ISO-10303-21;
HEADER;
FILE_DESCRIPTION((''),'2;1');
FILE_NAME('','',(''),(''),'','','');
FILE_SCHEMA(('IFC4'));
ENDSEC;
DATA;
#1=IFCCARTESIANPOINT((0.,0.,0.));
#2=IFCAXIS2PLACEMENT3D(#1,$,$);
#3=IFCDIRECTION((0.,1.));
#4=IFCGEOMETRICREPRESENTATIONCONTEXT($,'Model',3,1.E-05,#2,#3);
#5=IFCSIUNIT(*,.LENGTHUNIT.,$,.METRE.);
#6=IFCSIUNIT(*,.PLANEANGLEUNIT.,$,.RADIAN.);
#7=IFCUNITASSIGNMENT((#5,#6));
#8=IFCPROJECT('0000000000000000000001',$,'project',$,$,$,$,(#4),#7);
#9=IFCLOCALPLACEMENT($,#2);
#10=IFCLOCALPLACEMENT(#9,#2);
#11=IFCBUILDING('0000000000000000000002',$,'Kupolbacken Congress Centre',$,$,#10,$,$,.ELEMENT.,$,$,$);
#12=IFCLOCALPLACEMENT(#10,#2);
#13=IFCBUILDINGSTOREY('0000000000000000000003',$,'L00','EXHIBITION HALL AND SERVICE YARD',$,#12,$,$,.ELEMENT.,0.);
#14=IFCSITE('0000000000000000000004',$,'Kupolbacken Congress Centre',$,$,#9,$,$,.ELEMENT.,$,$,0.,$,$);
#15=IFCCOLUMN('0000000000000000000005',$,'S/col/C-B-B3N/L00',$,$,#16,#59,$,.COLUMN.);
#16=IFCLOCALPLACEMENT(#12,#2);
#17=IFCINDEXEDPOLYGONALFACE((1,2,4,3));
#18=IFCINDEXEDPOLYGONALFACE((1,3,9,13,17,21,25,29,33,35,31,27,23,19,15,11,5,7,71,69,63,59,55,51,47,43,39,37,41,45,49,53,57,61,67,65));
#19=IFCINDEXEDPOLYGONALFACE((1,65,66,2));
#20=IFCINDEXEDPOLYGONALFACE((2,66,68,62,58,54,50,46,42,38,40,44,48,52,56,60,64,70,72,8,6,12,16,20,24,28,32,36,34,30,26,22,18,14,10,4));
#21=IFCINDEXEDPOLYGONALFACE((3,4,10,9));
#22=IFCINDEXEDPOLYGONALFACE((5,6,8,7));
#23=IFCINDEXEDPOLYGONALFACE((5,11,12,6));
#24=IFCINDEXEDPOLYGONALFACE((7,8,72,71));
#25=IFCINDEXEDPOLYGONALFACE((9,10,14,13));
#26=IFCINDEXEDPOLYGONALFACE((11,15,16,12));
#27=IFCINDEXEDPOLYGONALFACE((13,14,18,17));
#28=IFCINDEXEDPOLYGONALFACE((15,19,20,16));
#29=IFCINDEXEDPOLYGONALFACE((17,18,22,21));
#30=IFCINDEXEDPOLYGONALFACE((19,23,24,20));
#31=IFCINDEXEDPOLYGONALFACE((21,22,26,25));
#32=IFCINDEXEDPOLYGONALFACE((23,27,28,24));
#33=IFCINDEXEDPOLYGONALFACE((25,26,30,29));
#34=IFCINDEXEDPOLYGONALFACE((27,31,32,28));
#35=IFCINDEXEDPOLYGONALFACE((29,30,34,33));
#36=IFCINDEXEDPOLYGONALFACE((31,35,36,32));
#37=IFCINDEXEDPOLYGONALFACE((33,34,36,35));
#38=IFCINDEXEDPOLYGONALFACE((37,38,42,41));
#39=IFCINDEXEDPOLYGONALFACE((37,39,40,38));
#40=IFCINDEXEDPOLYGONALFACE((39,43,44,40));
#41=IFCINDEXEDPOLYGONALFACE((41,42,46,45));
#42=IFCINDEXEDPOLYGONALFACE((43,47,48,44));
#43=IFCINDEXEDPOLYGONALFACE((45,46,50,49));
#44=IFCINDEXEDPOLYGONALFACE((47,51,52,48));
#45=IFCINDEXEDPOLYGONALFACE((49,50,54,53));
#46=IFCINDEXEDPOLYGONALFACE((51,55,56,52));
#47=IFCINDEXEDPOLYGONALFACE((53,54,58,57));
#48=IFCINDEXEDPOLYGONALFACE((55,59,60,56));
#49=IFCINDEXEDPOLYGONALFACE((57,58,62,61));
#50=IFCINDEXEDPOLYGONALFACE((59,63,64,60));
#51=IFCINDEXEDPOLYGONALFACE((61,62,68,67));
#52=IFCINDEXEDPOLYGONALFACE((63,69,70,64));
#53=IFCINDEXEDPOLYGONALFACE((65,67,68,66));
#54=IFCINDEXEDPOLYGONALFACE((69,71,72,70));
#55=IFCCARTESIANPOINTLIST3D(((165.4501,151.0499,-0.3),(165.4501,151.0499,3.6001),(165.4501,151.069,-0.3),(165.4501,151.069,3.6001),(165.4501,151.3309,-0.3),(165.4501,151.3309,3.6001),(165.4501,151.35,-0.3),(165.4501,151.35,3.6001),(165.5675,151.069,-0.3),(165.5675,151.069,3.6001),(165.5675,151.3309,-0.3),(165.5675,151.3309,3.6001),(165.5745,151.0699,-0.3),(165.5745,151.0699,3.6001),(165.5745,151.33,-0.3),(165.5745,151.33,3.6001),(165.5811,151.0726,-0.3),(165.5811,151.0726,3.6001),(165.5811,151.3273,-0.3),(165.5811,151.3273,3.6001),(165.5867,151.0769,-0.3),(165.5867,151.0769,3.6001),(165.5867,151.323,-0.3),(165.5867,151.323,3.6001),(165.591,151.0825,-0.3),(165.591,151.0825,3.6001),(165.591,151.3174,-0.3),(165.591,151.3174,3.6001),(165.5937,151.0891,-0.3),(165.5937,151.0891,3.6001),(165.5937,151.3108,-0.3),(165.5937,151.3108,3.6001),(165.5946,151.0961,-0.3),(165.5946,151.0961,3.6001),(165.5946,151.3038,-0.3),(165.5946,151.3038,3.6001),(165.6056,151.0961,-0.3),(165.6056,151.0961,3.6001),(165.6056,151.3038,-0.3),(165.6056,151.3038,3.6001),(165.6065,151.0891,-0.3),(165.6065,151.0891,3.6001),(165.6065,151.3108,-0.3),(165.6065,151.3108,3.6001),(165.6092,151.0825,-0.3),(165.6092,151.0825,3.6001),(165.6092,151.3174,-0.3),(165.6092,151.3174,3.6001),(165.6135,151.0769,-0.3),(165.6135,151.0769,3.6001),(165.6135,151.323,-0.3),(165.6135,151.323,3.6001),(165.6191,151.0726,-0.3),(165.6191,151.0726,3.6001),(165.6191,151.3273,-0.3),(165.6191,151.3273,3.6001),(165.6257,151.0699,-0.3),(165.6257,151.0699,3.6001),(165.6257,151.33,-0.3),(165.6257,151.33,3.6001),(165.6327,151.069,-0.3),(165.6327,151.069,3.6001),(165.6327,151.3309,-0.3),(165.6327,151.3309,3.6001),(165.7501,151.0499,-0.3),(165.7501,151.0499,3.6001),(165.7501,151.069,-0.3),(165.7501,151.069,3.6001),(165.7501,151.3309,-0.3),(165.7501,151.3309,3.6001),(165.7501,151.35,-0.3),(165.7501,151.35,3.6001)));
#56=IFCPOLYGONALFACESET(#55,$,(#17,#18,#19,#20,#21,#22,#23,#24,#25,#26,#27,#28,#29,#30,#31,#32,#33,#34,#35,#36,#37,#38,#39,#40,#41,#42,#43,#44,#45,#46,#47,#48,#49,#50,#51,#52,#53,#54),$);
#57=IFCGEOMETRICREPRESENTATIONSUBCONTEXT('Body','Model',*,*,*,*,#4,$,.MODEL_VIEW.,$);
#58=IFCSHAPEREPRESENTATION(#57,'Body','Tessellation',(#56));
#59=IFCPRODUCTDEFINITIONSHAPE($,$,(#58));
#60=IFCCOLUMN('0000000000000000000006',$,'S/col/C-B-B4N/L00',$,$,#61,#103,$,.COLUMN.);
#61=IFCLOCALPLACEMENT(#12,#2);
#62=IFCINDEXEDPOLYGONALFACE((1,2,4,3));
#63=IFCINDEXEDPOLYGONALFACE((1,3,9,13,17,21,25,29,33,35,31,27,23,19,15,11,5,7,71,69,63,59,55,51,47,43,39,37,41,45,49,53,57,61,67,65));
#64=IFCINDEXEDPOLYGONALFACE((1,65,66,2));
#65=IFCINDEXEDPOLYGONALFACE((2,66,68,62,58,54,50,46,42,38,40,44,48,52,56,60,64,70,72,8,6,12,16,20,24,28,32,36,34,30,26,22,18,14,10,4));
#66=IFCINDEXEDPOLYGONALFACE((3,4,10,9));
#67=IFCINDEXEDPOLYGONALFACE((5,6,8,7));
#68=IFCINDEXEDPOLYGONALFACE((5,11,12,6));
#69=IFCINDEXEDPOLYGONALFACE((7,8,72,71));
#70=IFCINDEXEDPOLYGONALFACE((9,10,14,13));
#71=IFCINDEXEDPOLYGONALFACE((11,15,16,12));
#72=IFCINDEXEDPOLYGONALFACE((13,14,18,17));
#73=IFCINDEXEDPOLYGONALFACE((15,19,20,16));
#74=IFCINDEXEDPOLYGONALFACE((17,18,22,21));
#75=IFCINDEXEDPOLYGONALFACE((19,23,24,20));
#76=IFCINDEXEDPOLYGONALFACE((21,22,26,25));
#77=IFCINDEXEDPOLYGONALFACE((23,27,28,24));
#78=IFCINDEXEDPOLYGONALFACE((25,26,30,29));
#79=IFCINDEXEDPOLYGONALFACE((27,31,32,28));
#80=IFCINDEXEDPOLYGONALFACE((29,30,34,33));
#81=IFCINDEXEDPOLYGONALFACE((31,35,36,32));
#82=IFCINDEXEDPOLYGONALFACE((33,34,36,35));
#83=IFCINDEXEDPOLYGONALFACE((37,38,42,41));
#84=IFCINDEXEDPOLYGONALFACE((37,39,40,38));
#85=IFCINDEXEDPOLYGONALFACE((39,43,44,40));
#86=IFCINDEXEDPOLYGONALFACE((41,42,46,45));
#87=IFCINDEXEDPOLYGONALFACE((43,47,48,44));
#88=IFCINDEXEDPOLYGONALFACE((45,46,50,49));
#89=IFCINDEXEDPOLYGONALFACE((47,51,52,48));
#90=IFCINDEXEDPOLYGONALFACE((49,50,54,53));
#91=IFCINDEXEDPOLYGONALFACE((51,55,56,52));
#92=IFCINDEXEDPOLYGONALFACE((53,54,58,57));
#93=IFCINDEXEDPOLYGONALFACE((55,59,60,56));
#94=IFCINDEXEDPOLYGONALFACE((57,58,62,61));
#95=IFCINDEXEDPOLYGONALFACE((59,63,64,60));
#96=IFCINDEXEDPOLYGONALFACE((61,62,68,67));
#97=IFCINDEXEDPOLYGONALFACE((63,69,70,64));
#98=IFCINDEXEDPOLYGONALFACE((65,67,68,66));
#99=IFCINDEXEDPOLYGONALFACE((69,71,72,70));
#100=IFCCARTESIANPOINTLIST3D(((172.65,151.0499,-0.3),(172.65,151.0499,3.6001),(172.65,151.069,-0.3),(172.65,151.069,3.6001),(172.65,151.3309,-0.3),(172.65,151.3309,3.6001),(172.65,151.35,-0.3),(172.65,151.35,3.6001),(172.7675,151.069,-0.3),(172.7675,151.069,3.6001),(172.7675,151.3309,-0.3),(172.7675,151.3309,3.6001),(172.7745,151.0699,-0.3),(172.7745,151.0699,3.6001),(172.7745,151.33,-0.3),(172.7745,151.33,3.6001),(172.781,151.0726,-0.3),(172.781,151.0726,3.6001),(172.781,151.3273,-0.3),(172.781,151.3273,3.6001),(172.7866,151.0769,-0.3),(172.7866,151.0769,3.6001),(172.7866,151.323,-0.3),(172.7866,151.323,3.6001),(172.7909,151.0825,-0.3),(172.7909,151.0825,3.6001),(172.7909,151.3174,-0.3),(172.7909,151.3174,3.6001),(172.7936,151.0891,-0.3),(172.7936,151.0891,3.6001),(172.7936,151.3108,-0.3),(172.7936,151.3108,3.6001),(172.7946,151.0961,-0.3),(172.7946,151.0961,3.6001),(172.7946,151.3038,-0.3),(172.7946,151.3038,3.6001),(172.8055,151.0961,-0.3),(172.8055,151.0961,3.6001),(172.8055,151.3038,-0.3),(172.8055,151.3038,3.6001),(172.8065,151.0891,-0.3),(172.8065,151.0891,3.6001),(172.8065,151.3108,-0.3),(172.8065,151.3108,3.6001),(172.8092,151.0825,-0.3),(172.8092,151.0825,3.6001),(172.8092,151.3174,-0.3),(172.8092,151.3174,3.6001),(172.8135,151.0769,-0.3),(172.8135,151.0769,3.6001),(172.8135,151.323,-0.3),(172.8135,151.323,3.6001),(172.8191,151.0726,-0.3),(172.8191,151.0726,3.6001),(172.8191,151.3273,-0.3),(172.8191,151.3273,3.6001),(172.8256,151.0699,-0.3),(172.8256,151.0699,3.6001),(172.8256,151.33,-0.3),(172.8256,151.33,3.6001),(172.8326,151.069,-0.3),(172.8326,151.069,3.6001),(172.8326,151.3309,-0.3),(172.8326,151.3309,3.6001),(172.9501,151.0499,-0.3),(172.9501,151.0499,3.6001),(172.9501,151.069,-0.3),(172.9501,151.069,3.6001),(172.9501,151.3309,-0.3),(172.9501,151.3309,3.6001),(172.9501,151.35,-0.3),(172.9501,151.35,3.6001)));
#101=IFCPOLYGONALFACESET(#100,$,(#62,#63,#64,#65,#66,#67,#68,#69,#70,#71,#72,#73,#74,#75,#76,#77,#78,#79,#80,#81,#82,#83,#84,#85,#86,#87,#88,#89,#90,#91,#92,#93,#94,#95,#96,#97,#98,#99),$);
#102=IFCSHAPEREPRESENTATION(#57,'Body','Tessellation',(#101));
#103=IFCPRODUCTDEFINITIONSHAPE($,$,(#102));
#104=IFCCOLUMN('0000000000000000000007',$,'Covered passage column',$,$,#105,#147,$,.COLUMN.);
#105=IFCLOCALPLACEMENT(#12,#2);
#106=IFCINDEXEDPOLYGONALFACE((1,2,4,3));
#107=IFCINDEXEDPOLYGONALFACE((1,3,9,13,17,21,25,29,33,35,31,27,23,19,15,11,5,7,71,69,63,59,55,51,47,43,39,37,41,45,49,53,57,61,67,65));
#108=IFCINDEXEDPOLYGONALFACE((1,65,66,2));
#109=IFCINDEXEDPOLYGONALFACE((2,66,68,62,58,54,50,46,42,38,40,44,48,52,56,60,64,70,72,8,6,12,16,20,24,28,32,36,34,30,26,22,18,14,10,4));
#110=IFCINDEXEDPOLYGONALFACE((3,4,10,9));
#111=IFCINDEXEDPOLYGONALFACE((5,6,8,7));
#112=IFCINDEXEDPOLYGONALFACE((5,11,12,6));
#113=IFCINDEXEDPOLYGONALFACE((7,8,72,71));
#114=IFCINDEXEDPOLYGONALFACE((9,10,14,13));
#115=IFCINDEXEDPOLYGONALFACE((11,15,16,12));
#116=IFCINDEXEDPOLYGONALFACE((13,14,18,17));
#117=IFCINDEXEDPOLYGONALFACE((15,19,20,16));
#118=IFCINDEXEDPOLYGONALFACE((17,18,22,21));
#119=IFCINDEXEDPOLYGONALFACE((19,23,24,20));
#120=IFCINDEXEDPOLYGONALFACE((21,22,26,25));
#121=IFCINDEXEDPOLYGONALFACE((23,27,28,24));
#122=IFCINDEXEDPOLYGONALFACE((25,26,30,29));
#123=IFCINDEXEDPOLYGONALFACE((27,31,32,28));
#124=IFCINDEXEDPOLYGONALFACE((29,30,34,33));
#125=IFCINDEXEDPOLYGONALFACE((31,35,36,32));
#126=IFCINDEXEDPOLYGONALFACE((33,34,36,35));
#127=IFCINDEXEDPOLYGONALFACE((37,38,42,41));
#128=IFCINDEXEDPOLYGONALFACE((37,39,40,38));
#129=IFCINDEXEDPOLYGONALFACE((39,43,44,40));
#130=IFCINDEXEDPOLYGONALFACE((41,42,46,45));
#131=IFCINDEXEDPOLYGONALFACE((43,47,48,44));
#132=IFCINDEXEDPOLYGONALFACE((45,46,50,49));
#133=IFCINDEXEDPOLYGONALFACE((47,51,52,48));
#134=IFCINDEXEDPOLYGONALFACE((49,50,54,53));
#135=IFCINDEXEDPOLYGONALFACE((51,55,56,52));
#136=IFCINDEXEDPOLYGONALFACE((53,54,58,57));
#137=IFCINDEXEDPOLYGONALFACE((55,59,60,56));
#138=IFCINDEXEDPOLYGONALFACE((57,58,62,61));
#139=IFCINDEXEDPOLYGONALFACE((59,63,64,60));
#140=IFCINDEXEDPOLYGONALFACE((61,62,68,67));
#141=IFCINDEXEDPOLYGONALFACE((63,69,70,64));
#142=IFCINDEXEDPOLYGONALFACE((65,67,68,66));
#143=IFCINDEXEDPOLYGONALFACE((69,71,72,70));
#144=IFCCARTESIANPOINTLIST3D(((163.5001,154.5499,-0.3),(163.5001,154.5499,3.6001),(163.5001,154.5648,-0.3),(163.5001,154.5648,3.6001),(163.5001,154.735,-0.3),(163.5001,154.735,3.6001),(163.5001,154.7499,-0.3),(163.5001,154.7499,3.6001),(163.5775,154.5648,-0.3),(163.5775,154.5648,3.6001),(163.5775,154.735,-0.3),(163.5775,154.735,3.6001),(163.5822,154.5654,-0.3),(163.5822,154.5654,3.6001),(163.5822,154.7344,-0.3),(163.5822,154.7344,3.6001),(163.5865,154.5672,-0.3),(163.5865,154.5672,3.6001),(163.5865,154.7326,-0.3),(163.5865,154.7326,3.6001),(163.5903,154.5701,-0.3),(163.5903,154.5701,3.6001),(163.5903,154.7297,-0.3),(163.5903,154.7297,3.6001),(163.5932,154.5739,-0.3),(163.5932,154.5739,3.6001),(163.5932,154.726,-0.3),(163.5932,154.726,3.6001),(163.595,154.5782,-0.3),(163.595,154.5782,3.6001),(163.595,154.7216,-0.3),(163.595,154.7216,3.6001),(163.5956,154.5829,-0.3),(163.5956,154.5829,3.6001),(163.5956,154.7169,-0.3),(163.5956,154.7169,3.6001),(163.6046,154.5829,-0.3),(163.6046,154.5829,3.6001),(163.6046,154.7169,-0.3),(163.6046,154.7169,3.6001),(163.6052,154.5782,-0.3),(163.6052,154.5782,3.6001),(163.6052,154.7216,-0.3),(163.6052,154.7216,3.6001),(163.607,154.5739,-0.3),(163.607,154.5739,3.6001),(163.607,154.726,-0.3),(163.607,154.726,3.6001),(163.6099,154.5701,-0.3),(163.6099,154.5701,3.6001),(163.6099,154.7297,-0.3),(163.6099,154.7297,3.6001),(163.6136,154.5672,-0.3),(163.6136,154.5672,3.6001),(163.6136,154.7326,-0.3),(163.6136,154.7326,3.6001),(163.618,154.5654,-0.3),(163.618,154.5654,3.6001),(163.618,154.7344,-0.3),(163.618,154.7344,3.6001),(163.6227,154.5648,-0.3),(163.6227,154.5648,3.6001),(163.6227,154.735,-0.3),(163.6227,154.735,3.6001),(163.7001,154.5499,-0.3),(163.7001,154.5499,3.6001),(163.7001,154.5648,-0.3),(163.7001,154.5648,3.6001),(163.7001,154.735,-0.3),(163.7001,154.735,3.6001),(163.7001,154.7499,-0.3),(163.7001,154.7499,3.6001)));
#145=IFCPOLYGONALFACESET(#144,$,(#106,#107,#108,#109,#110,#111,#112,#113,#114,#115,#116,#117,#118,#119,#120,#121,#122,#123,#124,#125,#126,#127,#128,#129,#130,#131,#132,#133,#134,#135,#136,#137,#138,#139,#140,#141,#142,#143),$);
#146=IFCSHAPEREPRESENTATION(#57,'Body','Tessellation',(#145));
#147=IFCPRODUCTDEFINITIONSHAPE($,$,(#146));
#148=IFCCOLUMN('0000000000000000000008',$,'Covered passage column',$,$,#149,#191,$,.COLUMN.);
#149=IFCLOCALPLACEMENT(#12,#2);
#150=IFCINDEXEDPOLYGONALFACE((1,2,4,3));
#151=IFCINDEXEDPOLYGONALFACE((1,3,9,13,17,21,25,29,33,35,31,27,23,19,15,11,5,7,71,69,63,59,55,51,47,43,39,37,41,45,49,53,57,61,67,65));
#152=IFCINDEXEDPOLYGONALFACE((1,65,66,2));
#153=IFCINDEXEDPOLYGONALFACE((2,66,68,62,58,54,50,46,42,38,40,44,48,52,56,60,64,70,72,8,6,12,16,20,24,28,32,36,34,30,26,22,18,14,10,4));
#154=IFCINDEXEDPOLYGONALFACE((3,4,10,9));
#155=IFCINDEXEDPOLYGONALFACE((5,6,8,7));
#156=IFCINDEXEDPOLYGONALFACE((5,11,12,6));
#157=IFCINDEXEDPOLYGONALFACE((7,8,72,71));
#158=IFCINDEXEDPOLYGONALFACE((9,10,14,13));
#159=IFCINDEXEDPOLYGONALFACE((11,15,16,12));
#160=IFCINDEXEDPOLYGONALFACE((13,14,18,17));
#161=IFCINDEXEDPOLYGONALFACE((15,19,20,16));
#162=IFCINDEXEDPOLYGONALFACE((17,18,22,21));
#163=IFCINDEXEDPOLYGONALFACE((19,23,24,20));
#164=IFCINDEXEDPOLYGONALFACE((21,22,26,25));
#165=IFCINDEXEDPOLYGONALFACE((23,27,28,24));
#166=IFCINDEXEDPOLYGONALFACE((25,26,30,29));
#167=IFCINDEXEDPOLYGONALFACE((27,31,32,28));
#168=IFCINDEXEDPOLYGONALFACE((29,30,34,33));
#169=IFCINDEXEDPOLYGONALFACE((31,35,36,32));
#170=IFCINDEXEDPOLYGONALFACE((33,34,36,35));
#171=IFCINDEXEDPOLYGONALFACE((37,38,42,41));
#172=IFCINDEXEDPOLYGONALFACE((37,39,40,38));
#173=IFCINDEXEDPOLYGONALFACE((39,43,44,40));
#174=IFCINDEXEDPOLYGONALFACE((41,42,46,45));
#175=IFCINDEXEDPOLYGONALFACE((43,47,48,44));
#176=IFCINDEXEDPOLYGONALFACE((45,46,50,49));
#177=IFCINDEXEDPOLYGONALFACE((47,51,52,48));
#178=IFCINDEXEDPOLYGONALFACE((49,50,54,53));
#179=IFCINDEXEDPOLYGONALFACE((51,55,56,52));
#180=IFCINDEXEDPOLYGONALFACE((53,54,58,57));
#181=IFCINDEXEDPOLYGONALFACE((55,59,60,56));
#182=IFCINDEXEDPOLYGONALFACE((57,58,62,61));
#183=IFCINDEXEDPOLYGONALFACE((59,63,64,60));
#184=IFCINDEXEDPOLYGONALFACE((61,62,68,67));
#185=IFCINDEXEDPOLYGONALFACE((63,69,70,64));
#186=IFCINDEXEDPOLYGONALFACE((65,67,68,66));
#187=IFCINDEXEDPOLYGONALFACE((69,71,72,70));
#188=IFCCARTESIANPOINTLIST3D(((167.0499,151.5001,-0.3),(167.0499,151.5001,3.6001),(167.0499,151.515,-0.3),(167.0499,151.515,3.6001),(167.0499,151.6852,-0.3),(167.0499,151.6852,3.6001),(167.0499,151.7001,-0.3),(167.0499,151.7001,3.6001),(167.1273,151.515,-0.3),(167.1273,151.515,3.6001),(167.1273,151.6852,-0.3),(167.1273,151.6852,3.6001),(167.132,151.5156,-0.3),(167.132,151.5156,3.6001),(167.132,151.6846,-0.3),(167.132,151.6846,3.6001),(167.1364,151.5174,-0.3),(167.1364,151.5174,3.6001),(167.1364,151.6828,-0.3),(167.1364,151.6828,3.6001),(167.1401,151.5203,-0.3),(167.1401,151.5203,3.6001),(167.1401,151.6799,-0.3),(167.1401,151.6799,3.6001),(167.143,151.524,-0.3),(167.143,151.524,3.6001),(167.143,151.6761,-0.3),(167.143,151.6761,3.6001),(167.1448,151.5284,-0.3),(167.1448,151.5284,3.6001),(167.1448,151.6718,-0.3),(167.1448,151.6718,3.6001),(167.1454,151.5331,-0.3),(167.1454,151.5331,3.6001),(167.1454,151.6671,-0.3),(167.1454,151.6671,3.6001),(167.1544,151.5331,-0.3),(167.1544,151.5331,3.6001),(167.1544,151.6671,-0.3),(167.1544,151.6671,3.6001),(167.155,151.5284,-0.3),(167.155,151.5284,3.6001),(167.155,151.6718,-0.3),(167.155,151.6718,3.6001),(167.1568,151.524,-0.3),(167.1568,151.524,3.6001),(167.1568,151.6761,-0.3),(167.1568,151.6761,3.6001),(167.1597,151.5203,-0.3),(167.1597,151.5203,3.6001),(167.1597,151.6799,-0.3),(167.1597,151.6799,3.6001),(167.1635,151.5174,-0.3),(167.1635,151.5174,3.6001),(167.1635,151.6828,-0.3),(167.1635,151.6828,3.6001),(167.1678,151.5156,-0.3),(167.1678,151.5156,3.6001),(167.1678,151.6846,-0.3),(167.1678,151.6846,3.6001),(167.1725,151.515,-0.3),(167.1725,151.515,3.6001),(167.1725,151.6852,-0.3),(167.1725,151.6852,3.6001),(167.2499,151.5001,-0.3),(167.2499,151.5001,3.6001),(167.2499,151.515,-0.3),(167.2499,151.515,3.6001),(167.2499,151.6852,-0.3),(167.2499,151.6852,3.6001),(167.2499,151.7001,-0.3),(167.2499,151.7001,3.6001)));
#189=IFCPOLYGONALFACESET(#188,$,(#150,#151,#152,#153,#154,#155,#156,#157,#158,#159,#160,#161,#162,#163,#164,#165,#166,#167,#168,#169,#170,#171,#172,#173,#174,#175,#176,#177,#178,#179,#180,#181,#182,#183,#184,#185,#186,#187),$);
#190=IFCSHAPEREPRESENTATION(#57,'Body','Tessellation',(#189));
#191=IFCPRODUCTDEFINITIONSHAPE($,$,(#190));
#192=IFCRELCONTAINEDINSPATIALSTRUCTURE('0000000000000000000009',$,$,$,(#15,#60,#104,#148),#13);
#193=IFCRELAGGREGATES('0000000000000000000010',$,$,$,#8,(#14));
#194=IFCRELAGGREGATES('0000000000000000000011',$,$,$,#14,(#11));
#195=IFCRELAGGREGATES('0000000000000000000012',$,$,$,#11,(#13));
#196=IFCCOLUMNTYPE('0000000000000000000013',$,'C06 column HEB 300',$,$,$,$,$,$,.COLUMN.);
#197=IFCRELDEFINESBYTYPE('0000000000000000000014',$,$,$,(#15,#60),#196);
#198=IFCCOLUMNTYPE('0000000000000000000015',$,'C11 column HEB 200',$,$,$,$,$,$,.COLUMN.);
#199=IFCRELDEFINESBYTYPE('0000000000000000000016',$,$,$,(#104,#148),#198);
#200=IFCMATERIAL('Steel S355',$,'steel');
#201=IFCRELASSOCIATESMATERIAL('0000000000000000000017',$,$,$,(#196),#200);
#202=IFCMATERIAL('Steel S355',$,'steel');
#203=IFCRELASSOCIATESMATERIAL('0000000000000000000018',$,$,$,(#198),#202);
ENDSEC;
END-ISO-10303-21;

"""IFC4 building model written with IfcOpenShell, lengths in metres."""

from ifc_helpers import new_model, si_unit, direction, frame, origin, origin_2d, place, context, subcontext, project, spatial, i_section, extrude, material, material_profile, profile_set, type_object, element, save


model = new_model("IFC4")

# Units and contexts
model_context = context("Model", 3, precision=1e-05, world=origin(), true_north=direction((0.0, 1.0)))
body_context = subcontext(model_context, "Body", "Model", "MODEL_VIEW")
ifc_project = project(units=[si_unit("LENGTHUNIT", "METRE"), si_unit("PLANEANGLEUNIT", "RADIAN")], contexts=[model_context])

# Site, building, storey
site_placement = place(None, origin())
site = spatial("IfcSite", under=ifc_project, at=site_placement, Name="Kupolbacken Congress Centre", CompositionType="ELEMENT", RefElevation=0.0)
building_placement = place(site_placement, origin())
building = spatial("IfcBuilding", under=site, at=building_placement, Name="Kupolbacken Congress Centre", CompositionType="ELEMENT")
storey_placement = place(building_placement, origin())
storey = spatial("IfcBuildingStorey", under=building, at=storey_placement, Name="L00", Description="EXHIBITION HALL AND SERVICE YARD", CompositionType="ELEMENT", Elevation=0.0)

# Columns
ifc_material_1 = material(Name="Steel S355", Category="steel")
ifc_material_profile_1 = material_profile(ifc_material_1, i_section(OverallWidth=0.3, OverallDepth=0.3, WebThickness=0.011, FlangeThickness=0.019, FilletRadius=0.0271, at=origin_2d()), Name="HEB 300")
ifc_profile_set_1 = profile_set([ifc_material_profile_1], Name="Steel S355")
column_type_1 = type_object("IfcColumnType", Name="C06 column HEB 300", PredefinedType="COLUMN", material=ifc_profile_set_1)
for number, where, z_axis, x_axis, name in (
    (1, (165.6001, 151.2, -0.3), (0.0, 0.0, 1.0), (1.0, 0.0, 0.0), "S/col/C-B-B3N/L00"),
    (2, (172.8, 151.2, -0.3), (0.0, 0.0, 1.0), (1.0, 0.0, 0.0), "S/col/C-B-B4N/L00"),
):
    element("IfcColumn", number, at=place(storey_placement, frame(where, z_axis=z_axis, x_axis=x_axis)), inside=storey, type_object=column_type_1, Name=name, PredefinedType="COLUMN", context=body_context, shape_type="SweptSolid", body=[
        extrude(i_section(OverallWidth=0.3, OverallDepth=0.3, WebThickness=0.011, FlangeThickness=0.019, FilletRadius=0.0271, at=origin_2d()), origin(), (0.0, 0.0, 1.0), 3.9001),
    ])
ifc_material_2 = material(Name="Steel S355", Category="steel")
ifc_material_profile_2 = material_profile(ifc_material_2, i_section(OverallWidth=0.2, OverallDepth=0.2, WebThickness=0.009, FlangeThickness=0.0149, FilletRadius=0.0181, at=origin_2d()), Name="HEB 200")
ifc_profile_set_2 = profile_set([ifc_material_profile_2], Name="Steel S355")
column_type_2 = type_object("IfcColumnType", Name="C11 column HEB 200", PredefinedType="COLUMN", material=ifc_profile_set_2)
for number, where, z_axis, x_axis, name in (
    (3, (163.6001, 154.6499, -0.3), (0.0, 0.0, 1.0), (1.0, 0.0, 0.0), "Covered passage column"),
    (4, (167.1499, 151.6001, -0.3), (0.0, 0.0, 1.0), (1.0, 0.0, 0.0), "Covered passage column"),
):
    element("IfcColumn", number, at=place(storey_placement, frame(where, z_axis=z_axis, x_axis=x_axis)), inside=storey, type_object=column_type_2, Name=name, PredefinedType="COLUMN", context=body_context, shape_type="SweptSolid", body=[
        extrude(i_section(OverallWidth=0.2, OverallDepth=0.2, WebThickness=0.009, FlangeThickness=0.0149, FilletRadius=0.0181, at=origin_2d()), origin(), (0.0, 0.0, 1.0), 3.9001),
    ])

save(model, "model.ifc")
